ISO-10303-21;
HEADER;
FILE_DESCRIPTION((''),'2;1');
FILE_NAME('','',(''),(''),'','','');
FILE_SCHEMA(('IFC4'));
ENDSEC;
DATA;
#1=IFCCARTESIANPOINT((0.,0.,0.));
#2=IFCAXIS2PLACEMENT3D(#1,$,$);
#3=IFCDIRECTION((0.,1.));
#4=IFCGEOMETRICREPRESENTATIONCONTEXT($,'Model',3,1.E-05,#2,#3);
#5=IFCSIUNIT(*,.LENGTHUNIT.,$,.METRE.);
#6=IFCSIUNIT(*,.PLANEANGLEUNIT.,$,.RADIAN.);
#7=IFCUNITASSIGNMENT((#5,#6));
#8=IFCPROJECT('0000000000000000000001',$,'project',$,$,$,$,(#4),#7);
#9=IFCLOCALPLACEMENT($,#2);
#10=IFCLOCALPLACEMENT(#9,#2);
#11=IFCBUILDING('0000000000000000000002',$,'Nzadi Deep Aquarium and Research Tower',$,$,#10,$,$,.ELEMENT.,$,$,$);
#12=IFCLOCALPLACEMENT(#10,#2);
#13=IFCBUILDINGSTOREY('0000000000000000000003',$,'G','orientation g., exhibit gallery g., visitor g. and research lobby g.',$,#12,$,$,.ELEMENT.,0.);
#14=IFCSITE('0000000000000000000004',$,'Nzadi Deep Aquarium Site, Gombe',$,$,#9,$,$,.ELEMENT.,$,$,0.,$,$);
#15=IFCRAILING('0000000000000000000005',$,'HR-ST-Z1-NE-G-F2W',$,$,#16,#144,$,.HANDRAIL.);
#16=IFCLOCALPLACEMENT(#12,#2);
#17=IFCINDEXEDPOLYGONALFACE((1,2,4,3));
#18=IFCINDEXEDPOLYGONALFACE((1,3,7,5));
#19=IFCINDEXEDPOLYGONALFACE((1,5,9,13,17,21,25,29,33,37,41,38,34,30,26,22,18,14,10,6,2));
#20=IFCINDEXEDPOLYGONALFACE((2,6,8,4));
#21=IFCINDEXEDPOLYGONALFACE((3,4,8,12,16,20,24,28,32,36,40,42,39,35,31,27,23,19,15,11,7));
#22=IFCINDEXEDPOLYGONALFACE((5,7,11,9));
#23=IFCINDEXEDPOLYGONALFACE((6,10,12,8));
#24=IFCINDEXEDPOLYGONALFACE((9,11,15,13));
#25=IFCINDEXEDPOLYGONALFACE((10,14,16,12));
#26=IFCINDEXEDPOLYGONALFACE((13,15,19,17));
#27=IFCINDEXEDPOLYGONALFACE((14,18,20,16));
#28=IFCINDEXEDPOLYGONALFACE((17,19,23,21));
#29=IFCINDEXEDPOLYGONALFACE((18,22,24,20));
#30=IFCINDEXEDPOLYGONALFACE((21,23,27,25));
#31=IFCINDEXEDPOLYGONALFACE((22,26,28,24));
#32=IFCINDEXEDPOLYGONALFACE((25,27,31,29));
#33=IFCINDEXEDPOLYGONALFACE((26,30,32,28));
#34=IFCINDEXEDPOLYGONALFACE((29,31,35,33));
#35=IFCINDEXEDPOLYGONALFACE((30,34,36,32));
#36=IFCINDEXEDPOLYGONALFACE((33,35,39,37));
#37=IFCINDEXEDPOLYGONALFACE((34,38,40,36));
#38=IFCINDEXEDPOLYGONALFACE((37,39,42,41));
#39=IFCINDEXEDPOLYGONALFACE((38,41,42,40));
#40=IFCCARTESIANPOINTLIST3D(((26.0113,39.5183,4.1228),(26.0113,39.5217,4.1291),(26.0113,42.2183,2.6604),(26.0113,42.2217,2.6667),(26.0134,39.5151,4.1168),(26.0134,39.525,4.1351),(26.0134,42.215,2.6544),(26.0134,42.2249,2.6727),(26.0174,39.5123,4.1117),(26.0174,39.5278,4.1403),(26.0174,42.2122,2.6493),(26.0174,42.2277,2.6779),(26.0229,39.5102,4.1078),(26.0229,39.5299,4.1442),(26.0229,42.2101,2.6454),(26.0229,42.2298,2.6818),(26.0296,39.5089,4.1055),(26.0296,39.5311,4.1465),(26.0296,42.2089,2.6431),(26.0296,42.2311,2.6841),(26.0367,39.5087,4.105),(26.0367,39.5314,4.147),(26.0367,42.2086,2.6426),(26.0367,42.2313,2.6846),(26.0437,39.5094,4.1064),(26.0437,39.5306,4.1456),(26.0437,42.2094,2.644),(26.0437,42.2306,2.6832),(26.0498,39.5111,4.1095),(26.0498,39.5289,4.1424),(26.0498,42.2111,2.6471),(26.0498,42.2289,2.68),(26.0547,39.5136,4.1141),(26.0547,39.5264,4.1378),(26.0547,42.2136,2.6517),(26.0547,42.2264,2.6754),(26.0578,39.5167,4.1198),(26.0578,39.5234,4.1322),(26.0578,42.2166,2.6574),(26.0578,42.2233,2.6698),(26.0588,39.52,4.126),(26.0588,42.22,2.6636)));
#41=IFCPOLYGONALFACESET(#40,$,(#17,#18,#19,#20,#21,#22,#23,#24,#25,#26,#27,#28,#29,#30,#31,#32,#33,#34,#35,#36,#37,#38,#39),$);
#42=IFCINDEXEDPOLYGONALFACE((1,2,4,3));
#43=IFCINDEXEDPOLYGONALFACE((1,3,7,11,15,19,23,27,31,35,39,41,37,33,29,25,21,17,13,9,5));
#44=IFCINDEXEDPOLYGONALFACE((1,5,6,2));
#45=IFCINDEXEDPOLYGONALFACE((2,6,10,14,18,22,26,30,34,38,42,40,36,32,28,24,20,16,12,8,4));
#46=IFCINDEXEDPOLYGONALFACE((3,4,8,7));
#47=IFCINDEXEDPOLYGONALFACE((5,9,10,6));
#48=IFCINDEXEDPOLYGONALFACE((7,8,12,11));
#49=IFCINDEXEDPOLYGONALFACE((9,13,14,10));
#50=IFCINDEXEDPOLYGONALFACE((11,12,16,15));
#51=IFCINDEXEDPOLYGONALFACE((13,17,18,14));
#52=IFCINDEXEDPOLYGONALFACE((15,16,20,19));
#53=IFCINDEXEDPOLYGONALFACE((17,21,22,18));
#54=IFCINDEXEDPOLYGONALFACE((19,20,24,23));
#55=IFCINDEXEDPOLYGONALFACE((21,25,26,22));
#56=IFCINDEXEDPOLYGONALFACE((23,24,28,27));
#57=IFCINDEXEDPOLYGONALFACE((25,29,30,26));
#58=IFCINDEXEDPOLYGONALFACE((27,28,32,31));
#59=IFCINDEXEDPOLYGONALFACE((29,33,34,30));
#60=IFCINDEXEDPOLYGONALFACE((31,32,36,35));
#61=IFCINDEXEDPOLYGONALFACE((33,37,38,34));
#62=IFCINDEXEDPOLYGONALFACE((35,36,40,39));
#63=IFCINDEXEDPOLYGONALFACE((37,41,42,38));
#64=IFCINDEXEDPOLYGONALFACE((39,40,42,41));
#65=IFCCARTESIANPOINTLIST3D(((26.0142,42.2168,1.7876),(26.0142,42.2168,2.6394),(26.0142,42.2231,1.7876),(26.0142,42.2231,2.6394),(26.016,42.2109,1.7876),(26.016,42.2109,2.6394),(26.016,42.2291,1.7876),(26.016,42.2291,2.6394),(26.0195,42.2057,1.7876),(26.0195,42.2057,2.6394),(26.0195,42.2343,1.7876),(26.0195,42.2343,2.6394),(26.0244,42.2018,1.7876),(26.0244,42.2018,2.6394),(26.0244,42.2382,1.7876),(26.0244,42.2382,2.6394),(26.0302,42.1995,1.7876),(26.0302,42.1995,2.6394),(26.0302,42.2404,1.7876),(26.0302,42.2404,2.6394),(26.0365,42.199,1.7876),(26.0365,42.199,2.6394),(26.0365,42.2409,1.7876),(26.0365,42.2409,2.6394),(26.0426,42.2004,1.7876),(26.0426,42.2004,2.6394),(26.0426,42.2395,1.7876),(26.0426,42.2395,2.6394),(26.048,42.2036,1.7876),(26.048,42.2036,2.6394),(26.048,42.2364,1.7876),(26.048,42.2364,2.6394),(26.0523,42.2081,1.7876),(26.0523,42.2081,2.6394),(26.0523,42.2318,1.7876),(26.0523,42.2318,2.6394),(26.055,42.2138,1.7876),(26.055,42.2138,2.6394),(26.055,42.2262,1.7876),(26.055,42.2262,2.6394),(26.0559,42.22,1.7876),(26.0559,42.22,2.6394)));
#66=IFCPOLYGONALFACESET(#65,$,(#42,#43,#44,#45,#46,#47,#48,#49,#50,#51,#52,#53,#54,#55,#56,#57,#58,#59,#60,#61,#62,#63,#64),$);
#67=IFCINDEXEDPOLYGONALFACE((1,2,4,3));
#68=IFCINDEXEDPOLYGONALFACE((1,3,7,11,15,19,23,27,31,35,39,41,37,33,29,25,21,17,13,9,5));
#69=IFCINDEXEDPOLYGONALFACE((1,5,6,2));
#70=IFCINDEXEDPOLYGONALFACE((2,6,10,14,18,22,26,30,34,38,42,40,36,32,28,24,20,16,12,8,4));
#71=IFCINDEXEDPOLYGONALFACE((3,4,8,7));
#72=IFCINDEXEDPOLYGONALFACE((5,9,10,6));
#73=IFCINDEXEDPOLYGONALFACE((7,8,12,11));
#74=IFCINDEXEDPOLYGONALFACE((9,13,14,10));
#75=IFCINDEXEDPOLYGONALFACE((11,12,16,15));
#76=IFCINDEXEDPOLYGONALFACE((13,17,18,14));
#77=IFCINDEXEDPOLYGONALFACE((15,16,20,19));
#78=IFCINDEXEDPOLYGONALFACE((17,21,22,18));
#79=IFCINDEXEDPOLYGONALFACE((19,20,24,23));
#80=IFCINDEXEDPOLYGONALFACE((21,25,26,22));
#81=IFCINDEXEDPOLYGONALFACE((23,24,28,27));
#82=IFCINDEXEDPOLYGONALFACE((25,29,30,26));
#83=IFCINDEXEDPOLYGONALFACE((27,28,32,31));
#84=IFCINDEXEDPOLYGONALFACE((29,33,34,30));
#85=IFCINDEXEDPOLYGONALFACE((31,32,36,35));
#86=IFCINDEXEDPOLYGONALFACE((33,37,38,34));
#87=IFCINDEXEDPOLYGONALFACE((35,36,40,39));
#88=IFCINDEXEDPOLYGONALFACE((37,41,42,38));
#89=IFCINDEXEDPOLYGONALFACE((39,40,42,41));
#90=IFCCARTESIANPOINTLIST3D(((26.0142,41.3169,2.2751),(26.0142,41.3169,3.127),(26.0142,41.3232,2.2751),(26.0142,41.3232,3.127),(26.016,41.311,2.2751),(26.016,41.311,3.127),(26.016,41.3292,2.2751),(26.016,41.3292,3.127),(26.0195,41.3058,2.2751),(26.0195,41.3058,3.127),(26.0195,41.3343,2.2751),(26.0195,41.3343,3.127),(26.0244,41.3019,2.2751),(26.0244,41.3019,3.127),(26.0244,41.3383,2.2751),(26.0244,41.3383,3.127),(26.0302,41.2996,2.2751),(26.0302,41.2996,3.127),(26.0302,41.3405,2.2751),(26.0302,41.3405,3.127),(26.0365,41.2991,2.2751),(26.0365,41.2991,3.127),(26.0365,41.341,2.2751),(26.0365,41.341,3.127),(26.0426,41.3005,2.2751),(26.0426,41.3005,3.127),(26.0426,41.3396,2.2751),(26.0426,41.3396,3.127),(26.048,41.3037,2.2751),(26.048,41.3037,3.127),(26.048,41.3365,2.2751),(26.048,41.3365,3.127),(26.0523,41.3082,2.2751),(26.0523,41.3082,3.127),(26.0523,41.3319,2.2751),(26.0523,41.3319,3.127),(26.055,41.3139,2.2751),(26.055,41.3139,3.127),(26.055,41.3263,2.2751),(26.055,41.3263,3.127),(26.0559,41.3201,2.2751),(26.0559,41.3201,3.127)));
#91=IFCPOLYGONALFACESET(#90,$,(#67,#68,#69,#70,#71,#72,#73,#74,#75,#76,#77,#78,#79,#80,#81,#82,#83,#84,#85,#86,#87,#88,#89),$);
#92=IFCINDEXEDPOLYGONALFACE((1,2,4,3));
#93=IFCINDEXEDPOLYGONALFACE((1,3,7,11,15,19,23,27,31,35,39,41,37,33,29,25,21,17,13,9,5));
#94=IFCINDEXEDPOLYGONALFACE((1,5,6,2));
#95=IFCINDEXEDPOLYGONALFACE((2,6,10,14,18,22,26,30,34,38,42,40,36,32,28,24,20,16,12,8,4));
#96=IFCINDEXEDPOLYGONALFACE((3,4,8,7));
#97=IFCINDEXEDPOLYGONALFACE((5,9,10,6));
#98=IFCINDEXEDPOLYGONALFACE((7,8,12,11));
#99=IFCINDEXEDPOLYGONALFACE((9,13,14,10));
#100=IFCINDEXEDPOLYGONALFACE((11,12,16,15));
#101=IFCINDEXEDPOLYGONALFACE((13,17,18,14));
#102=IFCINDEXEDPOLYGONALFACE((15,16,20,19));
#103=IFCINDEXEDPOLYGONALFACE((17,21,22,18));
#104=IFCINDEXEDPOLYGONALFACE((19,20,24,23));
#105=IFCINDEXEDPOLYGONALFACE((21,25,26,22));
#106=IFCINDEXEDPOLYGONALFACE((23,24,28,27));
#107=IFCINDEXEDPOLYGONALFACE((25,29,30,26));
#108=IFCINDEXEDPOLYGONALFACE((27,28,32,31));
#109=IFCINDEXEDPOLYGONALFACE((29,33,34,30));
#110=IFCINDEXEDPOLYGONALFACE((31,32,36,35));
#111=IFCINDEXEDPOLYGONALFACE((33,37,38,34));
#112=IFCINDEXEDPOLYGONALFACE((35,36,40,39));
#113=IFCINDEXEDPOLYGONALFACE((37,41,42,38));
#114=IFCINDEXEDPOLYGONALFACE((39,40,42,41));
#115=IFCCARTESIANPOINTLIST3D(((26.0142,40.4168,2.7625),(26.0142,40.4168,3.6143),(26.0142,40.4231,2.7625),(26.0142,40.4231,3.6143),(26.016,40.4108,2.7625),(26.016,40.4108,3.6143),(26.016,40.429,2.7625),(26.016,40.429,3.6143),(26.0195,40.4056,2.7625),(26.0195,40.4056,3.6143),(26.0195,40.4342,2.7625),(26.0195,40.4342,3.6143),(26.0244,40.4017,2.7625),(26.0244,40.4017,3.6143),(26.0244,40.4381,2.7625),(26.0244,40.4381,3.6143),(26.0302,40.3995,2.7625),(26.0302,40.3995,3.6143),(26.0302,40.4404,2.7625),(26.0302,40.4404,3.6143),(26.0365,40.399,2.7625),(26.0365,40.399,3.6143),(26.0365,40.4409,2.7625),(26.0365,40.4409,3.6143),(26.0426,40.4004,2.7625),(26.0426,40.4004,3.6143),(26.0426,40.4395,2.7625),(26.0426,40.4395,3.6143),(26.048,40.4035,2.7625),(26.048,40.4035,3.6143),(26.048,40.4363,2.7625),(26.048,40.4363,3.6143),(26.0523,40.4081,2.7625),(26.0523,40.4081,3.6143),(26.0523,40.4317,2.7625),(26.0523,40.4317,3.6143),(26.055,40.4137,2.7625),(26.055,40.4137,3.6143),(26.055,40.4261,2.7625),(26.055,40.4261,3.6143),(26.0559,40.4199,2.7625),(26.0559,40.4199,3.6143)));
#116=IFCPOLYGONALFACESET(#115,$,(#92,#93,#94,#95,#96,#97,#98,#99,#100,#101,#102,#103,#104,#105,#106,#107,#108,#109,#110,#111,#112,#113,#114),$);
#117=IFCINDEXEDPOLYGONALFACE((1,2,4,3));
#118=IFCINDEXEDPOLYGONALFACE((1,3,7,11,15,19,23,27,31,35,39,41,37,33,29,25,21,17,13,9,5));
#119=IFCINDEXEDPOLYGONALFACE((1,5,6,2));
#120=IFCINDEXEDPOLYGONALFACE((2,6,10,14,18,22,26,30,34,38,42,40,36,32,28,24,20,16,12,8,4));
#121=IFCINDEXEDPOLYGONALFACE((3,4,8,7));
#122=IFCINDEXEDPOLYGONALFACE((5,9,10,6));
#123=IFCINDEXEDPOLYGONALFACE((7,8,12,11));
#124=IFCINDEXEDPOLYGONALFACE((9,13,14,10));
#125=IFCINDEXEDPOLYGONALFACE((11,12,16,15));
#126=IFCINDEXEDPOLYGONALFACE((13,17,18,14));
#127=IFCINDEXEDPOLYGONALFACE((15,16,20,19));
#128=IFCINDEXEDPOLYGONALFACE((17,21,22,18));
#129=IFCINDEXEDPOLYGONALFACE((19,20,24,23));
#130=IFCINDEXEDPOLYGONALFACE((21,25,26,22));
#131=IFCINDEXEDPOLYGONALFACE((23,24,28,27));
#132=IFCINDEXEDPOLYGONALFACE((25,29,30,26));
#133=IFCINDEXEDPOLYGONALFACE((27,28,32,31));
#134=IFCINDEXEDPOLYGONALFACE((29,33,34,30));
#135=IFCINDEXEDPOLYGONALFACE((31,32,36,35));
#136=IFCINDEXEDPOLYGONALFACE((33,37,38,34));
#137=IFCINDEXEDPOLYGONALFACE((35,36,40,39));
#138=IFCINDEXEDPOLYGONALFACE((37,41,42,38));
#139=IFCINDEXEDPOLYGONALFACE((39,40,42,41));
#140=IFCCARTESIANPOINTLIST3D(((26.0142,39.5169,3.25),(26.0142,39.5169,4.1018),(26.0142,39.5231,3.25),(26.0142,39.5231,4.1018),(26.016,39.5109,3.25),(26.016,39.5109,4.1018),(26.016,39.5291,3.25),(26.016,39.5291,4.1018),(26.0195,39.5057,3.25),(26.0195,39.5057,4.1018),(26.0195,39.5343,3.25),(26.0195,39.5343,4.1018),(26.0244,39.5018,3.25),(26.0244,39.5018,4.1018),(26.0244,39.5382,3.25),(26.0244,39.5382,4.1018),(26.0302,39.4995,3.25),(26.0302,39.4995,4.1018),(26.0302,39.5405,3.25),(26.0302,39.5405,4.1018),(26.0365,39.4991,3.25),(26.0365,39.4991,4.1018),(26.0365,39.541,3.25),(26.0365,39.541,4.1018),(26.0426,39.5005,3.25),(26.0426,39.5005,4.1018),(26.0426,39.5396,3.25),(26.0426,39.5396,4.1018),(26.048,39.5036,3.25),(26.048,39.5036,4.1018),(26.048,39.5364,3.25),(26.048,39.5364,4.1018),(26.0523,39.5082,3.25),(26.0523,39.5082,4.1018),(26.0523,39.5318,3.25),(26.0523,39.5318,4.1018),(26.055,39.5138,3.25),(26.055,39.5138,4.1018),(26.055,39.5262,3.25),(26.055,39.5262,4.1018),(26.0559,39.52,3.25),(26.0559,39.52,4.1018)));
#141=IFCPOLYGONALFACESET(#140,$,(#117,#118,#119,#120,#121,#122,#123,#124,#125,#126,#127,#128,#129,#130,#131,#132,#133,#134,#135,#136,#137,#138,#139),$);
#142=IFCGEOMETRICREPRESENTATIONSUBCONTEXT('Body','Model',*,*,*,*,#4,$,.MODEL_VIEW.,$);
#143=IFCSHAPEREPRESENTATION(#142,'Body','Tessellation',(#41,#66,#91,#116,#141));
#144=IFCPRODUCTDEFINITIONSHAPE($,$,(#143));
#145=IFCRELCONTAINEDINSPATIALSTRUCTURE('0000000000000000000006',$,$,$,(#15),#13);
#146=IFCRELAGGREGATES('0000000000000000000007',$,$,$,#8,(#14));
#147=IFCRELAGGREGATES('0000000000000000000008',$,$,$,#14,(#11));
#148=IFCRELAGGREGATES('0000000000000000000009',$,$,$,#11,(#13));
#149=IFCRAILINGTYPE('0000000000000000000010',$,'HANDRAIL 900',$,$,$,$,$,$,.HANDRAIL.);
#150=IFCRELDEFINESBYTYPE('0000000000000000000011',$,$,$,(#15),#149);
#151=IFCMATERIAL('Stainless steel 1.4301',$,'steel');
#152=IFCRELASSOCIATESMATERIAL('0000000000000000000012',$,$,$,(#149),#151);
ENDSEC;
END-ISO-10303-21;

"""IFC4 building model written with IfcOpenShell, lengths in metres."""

from ifc_helpers import new_model, si_unit, direction, frame, origin, origin_2d, place, context, subcontext, project, spatial, circle, extrude, material, type_object, element, save


model = new_model("IFC4")

# Units and contexts
model_context = context("Model", 3, precision=1e-05, world=origin(), true_north=direction((0.0, 1.0)))
body_context = subcontext(model_context, "Body", "Model", "MODEL_VIEW")
ifc_project = project(units=[si_unit("LENGTHUNIT", "METRE"), si_unit("PLANEANGLEUNIT", "RADIAN")], contexts=[model_context])

# Site, building, storey
site_placement = place(None, origin())
site = spatial("IfcSite", under=ifc_project, at=site_placement, Name="Nzadi Deep Aquarium Site, Gombe", CompositionType="ELEMENT", RefElevation=0.0)
building_placement = place(site_placement, origin())
building = spatial("IfcBuilding", under=site, at=building_placement, Name="Nzadi Deep Aquarium and Research Tower", CompositionType="ELEMENT")
storey_placement = place(building_placement, origin())
storey = spatial("IfcBuildingStorey", under=building, at=storey_placement, Name="G", Description="orientation g., exhibit gallery g., visitor g. and research lobby g.", CompositionType="ELEMENT", Elevation=0.0)

# Railing
ifc_material_1 = material(Name="Stainless steel 1.4301", Category="steel")
railing_type = type_object("IfcRailingType", Name="HANDRAIL 900", PredefinedType="HANDRAIL", material=ifc_material_1)
for number, where, name in (
    (1, (26.0349, 42.22, 1.7876), "HR-ST-Z1-NE-G-F2W"),
):
    element("IfcRailing", number, at=place(storey_placement, frame(where)), inside=storey, type_object=railing_type, Name=name, PredefinedType="HANDRAIL", context=body_context, shape_type="SweptSolid", body=[
        extrude(circle(Radius=0.0239, at=origin_2d()), frame((0.0, 0.0, 0.876), z_axis=(0.0, -0.879302, 0.476265), x_axis=(1.0, 0.0, 0.0)), (0.0, 0.0, 1.0), 3.0706),
        extrude(circle(Radius=0.021, at=origin_2d()), origin(), (0.0, 0.0, 1.0), 0.8518),
        extrude(circle(Radius=0.021, at=origin_2d()), frame((0.0, -0.8999, 0.4875)), (0.0, 0.0, 1.0), 0.8518),
        extrude(circle(Radius=0.021, at=origin_2d()), frame((0.0, -1.8, 0.9749)), (0.0, 0.0, 1.0), 0.8518),
        extrude(circle(Radius=0.021, at=origin_2d()), frame((0.0, -2.7, 1.4624)), (0.0, 0.0, 1.0), 0.8518),
    ])

save(model, "model.ifc")
